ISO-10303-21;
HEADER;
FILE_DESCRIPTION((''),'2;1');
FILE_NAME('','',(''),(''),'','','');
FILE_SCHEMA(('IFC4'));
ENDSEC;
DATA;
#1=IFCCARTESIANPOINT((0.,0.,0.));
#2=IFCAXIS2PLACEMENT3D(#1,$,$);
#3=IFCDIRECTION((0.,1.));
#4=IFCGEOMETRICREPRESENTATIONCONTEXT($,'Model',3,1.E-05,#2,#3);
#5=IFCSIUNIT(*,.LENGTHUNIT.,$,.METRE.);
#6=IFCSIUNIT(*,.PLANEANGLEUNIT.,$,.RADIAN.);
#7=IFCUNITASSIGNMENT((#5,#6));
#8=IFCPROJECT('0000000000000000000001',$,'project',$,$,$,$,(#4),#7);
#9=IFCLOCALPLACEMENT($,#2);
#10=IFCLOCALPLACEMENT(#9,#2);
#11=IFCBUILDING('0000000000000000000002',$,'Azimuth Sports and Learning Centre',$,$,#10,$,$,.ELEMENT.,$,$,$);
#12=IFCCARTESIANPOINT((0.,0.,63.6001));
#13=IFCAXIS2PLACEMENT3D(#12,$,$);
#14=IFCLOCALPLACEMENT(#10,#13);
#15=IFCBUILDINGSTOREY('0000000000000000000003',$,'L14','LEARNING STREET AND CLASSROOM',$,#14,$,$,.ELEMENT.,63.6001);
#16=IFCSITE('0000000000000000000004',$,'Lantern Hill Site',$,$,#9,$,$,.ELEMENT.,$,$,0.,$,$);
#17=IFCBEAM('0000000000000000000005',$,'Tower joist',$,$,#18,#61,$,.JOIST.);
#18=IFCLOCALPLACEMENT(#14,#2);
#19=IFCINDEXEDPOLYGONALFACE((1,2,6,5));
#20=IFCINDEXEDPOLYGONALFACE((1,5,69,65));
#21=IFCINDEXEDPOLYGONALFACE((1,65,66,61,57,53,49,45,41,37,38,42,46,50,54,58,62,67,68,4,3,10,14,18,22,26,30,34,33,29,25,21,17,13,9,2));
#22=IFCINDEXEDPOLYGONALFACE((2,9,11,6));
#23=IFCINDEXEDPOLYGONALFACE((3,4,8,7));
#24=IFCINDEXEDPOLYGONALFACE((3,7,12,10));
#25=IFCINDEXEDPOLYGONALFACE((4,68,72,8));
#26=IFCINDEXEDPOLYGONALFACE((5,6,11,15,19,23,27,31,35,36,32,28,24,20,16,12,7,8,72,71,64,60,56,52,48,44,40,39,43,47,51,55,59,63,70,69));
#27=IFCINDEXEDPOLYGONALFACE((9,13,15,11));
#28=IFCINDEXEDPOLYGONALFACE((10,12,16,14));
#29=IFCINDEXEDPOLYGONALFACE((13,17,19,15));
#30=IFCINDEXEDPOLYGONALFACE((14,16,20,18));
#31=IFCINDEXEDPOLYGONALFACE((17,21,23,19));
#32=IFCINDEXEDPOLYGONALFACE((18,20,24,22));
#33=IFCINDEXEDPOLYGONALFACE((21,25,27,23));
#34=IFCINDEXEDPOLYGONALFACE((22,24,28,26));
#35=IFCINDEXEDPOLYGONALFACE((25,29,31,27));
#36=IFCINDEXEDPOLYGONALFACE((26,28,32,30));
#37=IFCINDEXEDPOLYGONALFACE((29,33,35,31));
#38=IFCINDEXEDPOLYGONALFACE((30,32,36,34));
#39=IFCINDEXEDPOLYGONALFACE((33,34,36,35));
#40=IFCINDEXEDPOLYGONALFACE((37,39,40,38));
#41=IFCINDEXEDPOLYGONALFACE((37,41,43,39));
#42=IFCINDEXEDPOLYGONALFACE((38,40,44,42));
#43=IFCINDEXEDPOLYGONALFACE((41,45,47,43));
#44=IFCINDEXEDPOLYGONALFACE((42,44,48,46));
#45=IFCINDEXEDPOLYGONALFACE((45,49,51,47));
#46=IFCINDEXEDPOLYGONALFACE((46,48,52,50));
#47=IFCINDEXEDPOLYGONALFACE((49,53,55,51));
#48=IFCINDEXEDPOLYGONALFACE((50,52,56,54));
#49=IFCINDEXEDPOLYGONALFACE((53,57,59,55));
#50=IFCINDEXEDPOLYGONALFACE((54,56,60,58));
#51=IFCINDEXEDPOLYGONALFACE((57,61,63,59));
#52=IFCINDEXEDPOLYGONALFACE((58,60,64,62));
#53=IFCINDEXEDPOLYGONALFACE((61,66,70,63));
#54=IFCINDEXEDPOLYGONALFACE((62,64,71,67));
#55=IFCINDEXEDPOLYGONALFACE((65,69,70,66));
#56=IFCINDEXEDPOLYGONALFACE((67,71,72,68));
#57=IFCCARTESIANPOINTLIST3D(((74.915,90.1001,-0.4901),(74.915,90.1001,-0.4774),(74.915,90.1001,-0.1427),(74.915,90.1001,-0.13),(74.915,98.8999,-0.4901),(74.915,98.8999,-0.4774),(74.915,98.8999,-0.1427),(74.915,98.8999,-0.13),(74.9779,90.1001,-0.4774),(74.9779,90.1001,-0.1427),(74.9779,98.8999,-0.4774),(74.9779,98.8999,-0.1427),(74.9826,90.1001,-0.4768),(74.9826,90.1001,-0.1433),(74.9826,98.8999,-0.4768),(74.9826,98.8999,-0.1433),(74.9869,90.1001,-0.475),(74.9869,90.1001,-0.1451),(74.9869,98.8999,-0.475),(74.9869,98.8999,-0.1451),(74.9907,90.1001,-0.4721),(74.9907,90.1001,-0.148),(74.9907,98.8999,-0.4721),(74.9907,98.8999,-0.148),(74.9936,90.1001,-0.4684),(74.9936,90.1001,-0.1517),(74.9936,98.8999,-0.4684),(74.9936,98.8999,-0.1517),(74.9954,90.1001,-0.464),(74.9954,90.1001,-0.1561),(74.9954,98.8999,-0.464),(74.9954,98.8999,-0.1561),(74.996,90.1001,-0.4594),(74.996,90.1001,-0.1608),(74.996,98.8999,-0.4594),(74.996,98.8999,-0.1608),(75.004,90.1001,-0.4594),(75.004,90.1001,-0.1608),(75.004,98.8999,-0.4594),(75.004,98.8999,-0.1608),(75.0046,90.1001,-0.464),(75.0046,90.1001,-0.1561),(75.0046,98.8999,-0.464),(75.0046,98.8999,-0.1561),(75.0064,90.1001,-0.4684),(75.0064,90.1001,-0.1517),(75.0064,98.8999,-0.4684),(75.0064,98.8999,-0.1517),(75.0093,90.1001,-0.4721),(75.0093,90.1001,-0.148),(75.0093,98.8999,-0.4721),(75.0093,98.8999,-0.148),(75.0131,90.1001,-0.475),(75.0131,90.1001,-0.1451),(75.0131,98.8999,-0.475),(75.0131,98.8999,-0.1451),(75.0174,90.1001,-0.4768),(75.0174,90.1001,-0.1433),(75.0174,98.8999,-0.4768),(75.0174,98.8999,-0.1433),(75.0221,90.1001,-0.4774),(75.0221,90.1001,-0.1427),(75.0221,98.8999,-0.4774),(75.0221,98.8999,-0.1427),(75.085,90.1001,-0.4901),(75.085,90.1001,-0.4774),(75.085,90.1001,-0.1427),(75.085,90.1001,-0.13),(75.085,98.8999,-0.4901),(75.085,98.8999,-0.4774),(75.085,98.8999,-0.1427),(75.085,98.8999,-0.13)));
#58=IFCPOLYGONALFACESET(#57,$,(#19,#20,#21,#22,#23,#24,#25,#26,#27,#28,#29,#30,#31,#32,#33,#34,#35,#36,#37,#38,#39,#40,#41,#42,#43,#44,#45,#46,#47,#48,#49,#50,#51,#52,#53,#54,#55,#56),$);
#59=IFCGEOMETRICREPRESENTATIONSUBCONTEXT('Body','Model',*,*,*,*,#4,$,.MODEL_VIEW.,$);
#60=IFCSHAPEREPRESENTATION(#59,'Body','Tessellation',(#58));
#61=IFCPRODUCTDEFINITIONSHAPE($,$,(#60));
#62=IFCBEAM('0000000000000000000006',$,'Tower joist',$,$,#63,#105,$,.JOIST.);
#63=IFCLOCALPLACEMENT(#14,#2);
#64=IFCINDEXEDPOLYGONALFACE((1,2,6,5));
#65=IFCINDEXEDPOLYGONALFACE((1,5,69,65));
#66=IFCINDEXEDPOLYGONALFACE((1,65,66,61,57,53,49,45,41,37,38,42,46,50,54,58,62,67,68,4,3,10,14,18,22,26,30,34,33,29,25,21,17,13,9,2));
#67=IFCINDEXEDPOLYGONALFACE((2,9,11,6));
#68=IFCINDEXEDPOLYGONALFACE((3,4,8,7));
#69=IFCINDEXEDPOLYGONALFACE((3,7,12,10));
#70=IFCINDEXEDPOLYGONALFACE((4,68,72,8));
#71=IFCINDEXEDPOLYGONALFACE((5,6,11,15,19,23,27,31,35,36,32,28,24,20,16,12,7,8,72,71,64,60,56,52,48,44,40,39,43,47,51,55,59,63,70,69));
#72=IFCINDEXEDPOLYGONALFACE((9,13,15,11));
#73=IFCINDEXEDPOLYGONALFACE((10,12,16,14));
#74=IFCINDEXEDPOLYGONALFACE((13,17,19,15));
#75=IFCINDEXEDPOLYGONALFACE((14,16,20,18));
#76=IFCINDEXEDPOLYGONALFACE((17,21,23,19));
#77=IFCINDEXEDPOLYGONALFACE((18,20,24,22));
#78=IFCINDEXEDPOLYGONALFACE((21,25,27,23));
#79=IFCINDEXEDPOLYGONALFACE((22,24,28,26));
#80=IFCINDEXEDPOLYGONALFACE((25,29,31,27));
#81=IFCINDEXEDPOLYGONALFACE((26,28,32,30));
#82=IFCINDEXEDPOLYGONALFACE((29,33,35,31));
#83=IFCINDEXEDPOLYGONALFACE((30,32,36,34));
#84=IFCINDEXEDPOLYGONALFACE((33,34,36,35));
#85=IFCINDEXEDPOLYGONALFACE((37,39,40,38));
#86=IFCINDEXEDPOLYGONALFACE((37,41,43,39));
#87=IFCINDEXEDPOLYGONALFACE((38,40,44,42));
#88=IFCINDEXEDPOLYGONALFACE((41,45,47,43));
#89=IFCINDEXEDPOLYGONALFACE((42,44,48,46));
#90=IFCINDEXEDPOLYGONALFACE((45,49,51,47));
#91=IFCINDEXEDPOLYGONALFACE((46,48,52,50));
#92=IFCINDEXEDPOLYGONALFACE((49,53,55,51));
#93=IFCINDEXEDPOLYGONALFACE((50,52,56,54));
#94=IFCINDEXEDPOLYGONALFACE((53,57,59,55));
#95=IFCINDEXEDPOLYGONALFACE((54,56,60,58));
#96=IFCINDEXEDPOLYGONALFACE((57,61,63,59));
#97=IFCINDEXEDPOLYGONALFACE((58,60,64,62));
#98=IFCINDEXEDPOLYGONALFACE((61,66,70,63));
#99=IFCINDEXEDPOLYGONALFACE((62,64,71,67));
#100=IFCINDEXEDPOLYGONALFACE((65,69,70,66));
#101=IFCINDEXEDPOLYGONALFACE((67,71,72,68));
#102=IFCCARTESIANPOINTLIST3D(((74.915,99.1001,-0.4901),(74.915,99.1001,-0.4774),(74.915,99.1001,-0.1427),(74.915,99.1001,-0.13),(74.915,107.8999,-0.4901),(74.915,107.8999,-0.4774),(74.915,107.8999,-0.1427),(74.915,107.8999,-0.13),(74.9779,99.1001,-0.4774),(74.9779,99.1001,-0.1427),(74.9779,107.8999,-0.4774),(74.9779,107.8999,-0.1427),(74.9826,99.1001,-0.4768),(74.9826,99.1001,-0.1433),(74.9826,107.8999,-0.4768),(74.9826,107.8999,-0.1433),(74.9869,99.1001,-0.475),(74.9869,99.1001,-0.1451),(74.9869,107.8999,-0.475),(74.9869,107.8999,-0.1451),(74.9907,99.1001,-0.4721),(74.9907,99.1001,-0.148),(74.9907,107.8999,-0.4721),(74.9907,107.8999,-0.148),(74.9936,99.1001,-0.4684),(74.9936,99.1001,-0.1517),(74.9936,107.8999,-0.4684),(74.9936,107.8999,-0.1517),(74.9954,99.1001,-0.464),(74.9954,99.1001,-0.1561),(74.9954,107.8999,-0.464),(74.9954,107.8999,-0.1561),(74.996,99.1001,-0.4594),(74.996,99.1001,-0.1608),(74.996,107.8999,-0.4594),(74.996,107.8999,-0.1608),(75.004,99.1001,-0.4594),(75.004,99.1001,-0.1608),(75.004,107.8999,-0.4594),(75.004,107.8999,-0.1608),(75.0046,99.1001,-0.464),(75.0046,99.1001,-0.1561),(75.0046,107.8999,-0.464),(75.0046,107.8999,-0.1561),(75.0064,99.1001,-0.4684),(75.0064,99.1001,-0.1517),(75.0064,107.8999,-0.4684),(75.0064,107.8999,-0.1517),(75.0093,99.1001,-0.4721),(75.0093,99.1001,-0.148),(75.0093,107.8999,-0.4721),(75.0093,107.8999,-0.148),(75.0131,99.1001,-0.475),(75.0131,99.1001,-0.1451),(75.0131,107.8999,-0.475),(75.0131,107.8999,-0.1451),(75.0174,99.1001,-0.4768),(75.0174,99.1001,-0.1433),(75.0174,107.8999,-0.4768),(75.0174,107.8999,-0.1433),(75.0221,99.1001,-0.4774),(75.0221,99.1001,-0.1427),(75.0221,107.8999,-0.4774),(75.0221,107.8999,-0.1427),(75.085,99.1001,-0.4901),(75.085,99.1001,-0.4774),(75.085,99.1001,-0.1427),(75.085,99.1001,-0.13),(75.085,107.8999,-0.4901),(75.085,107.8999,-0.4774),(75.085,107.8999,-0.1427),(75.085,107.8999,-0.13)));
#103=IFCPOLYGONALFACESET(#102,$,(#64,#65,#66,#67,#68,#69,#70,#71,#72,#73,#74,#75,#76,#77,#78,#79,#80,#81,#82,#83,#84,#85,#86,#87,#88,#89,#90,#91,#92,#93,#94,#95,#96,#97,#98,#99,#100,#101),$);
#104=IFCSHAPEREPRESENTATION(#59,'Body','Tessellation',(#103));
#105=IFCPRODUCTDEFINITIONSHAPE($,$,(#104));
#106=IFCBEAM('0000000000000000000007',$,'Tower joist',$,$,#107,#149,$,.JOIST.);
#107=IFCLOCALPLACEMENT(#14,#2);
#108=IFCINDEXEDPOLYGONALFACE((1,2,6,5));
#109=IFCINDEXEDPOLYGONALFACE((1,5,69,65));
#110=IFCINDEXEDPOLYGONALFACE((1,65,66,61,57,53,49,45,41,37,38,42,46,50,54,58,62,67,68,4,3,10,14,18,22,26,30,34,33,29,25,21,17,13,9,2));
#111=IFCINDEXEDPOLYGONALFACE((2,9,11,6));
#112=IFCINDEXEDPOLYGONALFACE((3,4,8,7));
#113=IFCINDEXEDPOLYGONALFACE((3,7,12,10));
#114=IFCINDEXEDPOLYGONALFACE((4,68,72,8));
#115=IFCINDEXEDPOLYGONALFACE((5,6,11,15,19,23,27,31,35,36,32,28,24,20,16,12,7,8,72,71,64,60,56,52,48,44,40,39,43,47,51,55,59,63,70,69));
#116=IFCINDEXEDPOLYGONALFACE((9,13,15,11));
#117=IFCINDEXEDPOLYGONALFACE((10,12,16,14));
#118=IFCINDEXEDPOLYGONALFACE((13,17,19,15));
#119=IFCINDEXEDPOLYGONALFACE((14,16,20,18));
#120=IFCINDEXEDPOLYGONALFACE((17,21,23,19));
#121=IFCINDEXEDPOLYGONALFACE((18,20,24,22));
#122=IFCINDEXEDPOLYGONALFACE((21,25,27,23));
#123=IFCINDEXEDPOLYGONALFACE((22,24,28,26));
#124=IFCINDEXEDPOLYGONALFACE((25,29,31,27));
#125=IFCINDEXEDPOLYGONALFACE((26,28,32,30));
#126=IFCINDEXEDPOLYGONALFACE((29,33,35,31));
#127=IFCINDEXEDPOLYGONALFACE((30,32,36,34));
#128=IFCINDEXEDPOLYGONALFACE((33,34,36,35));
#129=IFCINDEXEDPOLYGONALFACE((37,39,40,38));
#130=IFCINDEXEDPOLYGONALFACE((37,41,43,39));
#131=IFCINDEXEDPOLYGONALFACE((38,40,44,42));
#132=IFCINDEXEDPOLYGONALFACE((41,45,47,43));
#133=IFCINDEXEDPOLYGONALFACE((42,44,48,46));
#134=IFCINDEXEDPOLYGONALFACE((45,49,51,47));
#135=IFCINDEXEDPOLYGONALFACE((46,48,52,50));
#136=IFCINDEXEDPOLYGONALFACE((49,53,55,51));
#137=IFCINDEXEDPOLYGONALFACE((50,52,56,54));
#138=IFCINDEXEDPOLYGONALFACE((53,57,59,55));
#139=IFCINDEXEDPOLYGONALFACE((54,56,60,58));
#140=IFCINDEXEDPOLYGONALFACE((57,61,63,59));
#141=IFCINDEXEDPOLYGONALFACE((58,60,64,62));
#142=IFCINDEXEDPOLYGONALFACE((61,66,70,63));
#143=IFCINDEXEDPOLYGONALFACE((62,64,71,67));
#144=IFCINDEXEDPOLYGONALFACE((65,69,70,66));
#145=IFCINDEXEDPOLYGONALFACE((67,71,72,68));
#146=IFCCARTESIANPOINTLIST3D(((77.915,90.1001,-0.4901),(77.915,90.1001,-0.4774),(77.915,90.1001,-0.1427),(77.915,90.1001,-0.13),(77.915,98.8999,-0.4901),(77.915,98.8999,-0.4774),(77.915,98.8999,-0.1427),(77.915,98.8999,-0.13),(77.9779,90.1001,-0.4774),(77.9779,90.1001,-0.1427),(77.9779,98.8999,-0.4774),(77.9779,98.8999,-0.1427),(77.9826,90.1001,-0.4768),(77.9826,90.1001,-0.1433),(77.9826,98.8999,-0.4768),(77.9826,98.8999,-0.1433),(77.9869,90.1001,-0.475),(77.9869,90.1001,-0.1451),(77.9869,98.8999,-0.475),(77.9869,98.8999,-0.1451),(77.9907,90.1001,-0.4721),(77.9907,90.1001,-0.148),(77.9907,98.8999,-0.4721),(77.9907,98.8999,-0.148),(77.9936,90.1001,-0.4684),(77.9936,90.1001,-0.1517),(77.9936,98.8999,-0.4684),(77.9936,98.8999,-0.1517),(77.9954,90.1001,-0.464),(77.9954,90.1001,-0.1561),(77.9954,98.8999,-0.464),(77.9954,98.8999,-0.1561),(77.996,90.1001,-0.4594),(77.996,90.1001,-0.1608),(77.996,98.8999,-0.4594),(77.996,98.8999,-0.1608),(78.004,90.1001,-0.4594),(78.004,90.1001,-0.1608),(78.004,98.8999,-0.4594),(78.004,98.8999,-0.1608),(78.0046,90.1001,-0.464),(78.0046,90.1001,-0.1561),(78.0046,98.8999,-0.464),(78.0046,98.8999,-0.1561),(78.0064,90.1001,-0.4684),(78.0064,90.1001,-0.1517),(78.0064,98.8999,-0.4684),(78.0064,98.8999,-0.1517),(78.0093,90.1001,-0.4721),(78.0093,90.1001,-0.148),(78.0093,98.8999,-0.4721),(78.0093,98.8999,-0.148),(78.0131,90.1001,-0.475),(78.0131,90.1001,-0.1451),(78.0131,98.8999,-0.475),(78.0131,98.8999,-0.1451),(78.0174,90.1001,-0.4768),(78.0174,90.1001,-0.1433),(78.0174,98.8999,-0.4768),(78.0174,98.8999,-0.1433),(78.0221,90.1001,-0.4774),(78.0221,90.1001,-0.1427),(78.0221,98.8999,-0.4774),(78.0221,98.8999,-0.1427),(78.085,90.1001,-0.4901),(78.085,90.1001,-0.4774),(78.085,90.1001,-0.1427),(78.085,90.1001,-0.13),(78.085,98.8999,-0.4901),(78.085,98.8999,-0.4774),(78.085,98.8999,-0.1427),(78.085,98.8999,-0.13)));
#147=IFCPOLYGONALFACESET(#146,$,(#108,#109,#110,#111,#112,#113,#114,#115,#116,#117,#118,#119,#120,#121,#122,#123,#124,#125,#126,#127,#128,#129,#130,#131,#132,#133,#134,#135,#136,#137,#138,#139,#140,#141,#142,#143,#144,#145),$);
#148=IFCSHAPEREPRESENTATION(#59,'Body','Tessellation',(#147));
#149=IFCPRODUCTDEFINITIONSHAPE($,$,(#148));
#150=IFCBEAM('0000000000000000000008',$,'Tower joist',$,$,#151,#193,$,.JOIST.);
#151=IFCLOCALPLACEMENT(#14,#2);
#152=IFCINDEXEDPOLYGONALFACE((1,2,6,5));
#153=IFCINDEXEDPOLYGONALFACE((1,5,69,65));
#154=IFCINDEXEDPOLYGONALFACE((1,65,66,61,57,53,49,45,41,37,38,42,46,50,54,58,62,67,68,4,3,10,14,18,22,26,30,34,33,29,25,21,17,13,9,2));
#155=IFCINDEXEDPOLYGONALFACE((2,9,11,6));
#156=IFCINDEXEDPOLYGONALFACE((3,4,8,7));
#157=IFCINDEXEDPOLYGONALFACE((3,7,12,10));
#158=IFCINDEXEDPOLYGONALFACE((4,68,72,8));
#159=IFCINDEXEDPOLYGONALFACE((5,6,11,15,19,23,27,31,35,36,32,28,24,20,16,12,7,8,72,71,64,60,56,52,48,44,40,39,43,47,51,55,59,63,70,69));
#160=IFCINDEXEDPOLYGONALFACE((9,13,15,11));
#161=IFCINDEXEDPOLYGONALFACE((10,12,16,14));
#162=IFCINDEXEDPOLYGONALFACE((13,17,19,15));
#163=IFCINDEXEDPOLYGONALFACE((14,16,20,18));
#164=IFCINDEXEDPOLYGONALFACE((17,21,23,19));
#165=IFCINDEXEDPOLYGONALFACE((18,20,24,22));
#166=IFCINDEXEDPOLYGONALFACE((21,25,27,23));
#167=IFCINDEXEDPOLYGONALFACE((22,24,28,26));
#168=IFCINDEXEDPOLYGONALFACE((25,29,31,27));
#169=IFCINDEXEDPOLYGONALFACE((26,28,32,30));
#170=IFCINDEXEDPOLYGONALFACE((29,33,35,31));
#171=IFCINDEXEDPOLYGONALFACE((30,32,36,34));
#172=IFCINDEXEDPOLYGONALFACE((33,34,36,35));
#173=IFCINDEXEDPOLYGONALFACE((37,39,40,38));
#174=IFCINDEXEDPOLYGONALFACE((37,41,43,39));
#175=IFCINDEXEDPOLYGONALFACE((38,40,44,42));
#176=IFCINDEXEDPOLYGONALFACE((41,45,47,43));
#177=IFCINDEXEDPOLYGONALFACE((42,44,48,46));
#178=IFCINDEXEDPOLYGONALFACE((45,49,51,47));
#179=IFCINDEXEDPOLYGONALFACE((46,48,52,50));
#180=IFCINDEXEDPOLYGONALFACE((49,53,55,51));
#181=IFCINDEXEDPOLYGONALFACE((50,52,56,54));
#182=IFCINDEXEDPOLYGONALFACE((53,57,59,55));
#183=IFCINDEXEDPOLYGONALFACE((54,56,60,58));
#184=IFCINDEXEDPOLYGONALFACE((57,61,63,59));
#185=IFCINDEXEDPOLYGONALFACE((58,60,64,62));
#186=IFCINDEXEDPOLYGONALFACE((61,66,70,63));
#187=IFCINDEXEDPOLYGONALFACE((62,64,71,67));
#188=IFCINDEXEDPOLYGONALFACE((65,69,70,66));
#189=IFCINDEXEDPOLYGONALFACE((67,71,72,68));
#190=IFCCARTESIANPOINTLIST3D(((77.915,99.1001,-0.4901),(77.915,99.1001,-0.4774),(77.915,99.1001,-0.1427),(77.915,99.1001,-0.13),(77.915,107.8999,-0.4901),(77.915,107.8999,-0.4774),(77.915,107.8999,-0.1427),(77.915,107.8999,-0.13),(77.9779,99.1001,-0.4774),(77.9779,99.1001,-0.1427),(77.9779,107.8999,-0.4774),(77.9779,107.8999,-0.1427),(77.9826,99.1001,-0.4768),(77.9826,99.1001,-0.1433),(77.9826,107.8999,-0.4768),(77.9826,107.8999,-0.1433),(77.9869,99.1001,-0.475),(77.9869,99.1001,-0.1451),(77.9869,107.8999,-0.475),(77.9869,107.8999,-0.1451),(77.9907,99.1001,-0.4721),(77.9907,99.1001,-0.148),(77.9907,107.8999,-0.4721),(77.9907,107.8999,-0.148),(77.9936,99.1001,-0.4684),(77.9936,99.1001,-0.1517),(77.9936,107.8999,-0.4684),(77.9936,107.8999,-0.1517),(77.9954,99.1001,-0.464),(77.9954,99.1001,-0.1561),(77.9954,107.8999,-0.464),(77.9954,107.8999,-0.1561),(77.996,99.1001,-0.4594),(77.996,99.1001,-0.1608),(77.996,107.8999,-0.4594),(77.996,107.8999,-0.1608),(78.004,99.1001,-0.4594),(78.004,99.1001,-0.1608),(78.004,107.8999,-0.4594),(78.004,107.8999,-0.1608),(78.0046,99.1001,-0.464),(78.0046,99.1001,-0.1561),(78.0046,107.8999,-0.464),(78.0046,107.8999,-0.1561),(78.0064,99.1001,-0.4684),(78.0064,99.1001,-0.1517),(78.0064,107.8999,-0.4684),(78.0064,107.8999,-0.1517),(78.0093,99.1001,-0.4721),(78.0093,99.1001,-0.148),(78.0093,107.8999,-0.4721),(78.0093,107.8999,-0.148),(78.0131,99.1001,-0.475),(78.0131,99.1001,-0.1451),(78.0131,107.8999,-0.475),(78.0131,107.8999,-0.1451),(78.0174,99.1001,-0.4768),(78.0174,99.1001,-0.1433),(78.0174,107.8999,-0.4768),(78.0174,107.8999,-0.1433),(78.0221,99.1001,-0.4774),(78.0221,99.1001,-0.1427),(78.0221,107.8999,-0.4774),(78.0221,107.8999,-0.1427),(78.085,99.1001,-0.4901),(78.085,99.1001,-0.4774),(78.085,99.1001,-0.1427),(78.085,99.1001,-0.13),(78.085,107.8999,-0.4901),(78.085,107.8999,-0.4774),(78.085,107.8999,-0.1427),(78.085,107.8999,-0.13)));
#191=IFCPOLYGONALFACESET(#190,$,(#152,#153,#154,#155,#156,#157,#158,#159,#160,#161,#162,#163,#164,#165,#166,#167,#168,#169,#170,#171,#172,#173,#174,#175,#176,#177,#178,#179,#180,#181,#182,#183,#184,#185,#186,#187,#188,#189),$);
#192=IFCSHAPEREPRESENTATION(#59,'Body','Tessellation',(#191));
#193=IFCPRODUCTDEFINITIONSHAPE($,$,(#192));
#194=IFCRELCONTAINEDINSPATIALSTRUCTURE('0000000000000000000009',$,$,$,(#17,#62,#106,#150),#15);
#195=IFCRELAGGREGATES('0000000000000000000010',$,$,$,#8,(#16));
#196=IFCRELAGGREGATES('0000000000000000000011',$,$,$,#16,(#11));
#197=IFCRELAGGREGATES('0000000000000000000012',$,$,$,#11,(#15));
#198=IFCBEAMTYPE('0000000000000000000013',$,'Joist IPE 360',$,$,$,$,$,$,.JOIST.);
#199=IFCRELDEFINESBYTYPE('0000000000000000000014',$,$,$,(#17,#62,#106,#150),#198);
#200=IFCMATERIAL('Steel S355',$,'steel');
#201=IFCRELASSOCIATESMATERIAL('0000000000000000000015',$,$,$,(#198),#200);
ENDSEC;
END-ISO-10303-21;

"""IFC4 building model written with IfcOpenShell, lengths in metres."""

from ifc_helpers import new_model, si_unit, direction, frame, origin, origin_2d, place, context, subcontext, project, spatial, i_section, extrude, material, material_profile, profile_set, type_object, element, save


model = new_model("IFC4")

# Units and contexts
model_context = context("Model", 3, precision=1e-05, world=origin(), true_north=direction((0.0, 1.0)))
body_context = subcontext(model_context, "Body", "Model", "MODEL_VIEW")
ifc_project = project(units=[si_unit("LENGTHUNIT", "METRE"), si_unit("PLANEANGLEUNIT", "RADIAN")], contexts=[model_context])

# Site, building, storey
site_placement = place(None, origin())
site = spatial("IfcSite", under=ifc_project, at=site_placement, Name="Lantern Hill Site", CompositionType="ELEMENT", RefElevation=0.0)
building_placement = place(site_placement, origin())
building = spatial("IfcBuilding", under=site, at=building_placement, Name="Azimuth Sports and Learning Centre", CompositionType="ELEMENT")
storey_placement = place(building_placement, frame((0.0, 0.0, 63.6001)))
storey = spatial("IfcBuildingStorey", under=building, at=storey_placement, Name="L14", Description="LEARNING STREET AND CLASSROOM", CompositionType="ELEMENT", Elevation=63.6001)

# Beams
ifc_material_1 = material(Name="Steel S355", Category="steel")
ifc_material_profile_1 = material_profile(ifc_material_1, i_section(OverallWidth=0.1699, OverallDepth=0.3601, WebThickness=0.0081, FlangeThickness=0.0127, FilletRadius=0.0181, at=origin_2d()), Name="IPE 360")
ifc_profile_set_1 = profile_set([ifc_material_profile_1], Name="Steel S355")
beam_type_1 = type_object("IfcBeamType", Name="Joist IPE 360", PredefinedType="JOIST", material=ifc_profile_set_1)
for number, where, z_axis, x_axis, name in (
    (1, (75.0, 90.1001, -0.3101), (0.0, 1.0, 0.0), (-1.0, 0.0, 0.0), "Tower joist"),
    (2, (75.0, 99.1001, -0.3101), (0.0, 1.0, 0.0), (-1.0, 0.0, 0.0), "Tower joist"),
    (3, (78.0, 90.1001, -0.3101), (0.0, 1.0, 0.0), (-1.0, 0.0, 0.0), "Tower joist"),
    (4, (78.0, 99.1001, -0.3101), (0.0, 1.0, 0.0), (-1.0, 0.0, 0.0), "Tower joist"),
):
    element("IfcBeam", number, at=place(storey_placement, frame(where, z_axis=z_axis, x_axis=x_axis)), inside=storey, type_object=beam_type_1, Name=name, PredefinedType="JOIST", context=body_context, shape_type="SweptSolid", body=[
        extrude(i_section(OverallWidth=0.1699, OverallDepth=0.3601, WebThickness=0.0081, FlangeThickness=0.0127, FilletRadius=0.0181, at=origin_2d()), origin(), (0.0, 0.0, 1.0), 8.7998),
    ])

save(model, "model.ifc")
